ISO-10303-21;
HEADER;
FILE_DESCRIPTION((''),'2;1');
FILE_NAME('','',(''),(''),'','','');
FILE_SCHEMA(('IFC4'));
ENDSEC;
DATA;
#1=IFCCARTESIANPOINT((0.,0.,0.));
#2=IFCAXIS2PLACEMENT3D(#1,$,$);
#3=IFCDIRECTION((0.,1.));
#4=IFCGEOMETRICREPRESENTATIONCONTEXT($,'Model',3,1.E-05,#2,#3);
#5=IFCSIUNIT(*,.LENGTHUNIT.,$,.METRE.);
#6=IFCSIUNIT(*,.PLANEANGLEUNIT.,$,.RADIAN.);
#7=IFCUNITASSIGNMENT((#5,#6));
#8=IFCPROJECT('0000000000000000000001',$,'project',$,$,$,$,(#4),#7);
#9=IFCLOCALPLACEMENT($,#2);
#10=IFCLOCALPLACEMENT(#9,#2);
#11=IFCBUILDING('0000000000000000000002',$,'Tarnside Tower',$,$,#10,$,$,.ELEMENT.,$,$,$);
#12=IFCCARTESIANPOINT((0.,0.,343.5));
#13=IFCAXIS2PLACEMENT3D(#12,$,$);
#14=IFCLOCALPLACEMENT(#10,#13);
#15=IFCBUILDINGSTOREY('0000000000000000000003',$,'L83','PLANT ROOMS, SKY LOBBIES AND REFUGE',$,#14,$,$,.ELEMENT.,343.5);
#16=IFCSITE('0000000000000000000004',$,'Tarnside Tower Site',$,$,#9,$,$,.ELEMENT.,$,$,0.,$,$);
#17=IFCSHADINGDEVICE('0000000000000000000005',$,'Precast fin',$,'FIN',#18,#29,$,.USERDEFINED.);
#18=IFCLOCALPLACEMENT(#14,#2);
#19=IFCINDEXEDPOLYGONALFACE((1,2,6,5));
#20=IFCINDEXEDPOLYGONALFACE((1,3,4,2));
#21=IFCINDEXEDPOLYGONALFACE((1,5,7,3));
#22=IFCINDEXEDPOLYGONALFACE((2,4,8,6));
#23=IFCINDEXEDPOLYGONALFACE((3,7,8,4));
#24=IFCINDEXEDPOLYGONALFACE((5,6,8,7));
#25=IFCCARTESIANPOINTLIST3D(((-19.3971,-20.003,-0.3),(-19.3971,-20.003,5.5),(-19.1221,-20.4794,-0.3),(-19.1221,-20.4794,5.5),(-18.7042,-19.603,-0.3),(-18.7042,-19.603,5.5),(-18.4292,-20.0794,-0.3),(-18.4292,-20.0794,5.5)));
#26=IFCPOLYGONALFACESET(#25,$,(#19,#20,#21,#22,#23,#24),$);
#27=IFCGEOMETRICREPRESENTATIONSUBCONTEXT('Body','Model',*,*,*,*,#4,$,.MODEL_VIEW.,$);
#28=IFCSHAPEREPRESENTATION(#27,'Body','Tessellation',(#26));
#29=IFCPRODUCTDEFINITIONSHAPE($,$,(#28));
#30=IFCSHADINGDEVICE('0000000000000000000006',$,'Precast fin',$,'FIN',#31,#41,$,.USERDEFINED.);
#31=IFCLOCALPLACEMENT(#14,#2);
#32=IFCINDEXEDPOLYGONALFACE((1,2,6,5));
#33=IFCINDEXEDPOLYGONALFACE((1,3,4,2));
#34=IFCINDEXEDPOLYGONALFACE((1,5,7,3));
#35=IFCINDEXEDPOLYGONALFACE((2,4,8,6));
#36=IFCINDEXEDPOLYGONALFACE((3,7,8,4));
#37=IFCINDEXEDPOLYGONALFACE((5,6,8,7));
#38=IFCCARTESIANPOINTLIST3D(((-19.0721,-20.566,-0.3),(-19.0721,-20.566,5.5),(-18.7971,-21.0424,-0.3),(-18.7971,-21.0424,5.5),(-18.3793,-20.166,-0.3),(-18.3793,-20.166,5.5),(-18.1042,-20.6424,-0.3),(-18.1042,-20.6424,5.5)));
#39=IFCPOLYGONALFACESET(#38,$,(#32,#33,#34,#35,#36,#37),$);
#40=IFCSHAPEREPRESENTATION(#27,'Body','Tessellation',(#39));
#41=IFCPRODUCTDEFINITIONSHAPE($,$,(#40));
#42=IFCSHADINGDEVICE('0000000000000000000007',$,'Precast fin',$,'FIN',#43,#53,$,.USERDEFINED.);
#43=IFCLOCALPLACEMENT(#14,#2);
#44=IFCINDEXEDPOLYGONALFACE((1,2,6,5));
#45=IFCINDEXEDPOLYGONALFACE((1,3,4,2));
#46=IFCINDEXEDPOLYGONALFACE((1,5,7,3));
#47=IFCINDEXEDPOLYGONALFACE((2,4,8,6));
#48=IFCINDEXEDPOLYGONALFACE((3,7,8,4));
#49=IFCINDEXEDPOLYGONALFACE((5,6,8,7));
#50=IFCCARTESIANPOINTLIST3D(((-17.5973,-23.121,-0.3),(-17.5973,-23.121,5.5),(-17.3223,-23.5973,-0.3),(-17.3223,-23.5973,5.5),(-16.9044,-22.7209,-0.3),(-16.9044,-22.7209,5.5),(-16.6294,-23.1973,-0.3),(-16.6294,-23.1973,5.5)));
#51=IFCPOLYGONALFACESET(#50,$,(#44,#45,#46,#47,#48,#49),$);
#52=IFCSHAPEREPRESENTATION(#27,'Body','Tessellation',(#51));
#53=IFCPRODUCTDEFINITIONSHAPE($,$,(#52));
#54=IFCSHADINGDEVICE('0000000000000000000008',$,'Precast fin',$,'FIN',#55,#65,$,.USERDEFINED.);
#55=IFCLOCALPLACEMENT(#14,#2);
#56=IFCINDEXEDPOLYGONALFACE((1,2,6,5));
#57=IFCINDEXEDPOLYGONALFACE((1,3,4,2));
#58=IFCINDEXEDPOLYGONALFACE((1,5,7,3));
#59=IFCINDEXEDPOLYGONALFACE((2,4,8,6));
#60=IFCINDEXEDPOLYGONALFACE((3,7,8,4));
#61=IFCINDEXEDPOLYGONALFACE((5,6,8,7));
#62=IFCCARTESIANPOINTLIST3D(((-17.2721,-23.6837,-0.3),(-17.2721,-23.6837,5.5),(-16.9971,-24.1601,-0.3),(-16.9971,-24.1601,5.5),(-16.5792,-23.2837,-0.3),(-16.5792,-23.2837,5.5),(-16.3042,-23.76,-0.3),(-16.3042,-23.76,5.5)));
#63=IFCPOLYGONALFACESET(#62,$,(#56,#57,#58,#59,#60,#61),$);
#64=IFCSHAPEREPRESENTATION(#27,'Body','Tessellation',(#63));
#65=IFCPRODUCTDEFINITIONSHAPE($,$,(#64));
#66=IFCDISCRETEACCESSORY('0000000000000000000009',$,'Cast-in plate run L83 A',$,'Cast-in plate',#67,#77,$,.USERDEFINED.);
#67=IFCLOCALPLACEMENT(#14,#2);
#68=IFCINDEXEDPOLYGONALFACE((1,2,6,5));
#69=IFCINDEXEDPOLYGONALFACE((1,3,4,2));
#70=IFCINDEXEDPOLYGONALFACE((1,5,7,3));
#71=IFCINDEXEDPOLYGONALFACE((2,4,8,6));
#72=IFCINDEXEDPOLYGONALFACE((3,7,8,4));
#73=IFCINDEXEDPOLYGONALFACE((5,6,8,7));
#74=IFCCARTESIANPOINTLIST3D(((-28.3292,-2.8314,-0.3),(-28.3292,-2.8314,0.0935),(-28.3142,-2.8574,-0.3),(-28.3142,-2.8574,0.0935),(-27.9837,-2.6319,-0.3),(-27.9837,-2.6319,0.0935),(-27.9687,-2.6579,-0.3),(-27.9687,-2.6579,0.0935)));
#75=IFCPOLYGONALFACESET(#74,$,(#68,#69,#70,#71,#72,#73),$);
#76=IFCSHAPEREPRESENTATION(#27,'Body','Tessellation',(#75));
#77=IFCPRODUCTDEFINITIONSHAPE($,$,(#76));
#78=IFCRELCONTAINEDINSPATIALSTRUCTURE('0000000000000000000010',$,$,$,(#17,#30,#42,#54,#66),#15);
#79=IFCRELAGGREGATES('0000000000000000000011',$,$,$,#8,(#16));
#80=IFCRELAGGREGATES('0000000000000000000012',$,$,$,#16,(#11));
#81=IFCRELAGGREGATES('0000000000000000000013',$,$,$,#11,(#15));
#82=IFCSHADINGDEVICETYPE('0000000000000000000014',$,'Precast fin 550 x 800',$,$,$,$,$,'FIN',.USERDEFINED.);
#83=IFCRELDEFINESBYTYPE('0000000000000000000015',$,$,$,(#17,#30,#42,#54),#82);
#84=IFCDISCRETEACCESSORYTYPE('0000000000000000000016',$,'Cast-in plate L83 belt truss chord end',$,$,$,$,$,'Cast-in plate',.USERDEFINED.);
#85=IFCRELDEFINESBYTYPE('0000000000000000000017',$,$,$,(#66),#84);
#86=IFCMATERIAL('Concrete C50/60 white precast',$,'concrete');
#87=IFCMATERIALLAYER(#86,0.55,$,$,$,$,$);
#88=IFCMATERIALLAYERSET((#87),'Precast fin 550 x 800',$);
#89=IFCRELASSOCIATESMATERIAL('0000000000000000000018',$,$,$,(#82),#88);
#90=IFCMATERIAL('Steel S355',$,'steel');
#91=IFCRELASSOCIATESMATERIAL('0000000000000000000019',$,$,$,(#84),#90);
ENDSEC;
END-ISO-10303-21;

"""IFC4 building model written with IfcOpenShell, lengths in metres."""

from ifc_helpers import new_model, si_unit, direction, frame, origin, origin_2d, place, context, subcontext, project, spatial, polyline, rectangle, outline, extrude, material, layer, layer_set, type_object, element, save


model = new_model("IFC4")

# Units and contexts
model_context = context("Model", 3, precision=1e-05, world=origin(), true_north=direction((0.0, 1.0)))
body_context = subcontext(model_context, "Body", "Model", "MODEL_VIEW")
ifc_project = project(units=[si_unit("LENGTHUNIT", "METRE"), si_unit("PLANEANGLEUNIT", "RADIAN")], contexts=[model_context])

# Site, building, storey
site_placement = place(None, origin())
site = spatial("IfcSite", under=ifc_project, at=site_placement, Name="Tarnside Tower Site", CompositionType="ELEMENT", RefElevation=0.0)
building_placement = place(site_placement, origin())
building = spatial("IfcBuilding", under=site, at=building_placement, Name="Tarnside Tower", CompositionType="ELEMENT")
storey_placement = place(building_placement, frame((0.0, 0.0, 343.5)))
storey = spatial("IfcBuildingStorey", under=building, at=storey_placement, Name="L83", Description="PLANT ROOMS, SKY LOBBIES AND REFUGE", CompositionType="ELEMENT", Elevation=343.5)

# Shared definitions
ifc_material_1 = material(Name="Steel S355", Category="steel")

# Shading devices
ifc_material_2 = material(Name="Concrete C50/60 white precast", Category="concrete")
ifc_layer_1 = layer(ifc_material_2, 0.55)
ifc_layer_set_1 = layer_set([ifc_layer_1], Name="Precast fin 550 x 800")
shading_device_type_1 = type_object("IfcShadingDeviceType", Name="Precast fin 550 x 800", ElementType="FIN", PredefinedType="USERDEFINED", material=ifc_layer_set_1)
for number, where, z_axis, x_axis, name in (
    (1, (-18.5667, -19.8413, -0.3), (-0.5, 0.866025, 0.0), (-0.866025, -0.5, 0.0), "Precast fin"),
    (2, (-18.2417, -20.4043, -0.3), (-0.5, 0.866025, 0.0), (-0.866025, -0.5, 0.0), "Precast fin"),
    (3, (-16.7668, -22.9592, -0.3), (-0.5, 0.866025, 0.0), (-0.866025, -0.5, 0.0), "Precast fin"),
    (4, (-16.4417, -23.522, -0.3), (-0.5, 0.866025, 0.0), (-0.866025, -0.5, 0.0), "Precast fin"),
):
    element("IfcShadingDevice", number, at=place(storey_placement, frame(where, z_axis=z_axis, x_axis=x_axis)), inside=storey, type_object=shading_device_type_1, Name=name, ObjectType="FIN", PredefinedType="USERDEFINED", context=body_context, shape_type="SweptSolid", body=[
        extrude(outline(polyline([(0.0, 0.0), (0.8, 0.0), (0.8, 5.8), (0.0, 5.8), (0.0, 0.0)])), frame((0.0, 0.0, -0.2749)), (0.0, 0.0, 1.0), 0.55),
    ])

# Discrete accessory
discrete_accessory_type = type_object("IfcDiscreteAccessoryType", Name="Cast-in plate L83 belt truss chord end", ElementType="Cast-in plate", PredefinedType="USERDEFINED", material=ifc_material_1)
discrete_accessory_placement = place(storey_placement, frame((-28.1489, -2.7446, -0.3), z_axis=(0.0, 0.0, 1.0), x_axis=(0.5, -0.866025, 0.0)))
element("IfcDiscreteAccessory", 5, at=discrete_accessory_placement, inside=storey, type_object=discrete_accessory_type, Name="Cast-in plate run L83 A", ObjectType="Cast-in plate", PredefinedType="USERDEFINED", context=body_context, shape_type="SweptSolid", body=[
    extrude(rectangle(XDim=0.03, YDim=0.3989, at=origin_2d()), origin(), (0.0, 0.0, 1.0), 0.3936),
])

save(model, "model.ifc")
